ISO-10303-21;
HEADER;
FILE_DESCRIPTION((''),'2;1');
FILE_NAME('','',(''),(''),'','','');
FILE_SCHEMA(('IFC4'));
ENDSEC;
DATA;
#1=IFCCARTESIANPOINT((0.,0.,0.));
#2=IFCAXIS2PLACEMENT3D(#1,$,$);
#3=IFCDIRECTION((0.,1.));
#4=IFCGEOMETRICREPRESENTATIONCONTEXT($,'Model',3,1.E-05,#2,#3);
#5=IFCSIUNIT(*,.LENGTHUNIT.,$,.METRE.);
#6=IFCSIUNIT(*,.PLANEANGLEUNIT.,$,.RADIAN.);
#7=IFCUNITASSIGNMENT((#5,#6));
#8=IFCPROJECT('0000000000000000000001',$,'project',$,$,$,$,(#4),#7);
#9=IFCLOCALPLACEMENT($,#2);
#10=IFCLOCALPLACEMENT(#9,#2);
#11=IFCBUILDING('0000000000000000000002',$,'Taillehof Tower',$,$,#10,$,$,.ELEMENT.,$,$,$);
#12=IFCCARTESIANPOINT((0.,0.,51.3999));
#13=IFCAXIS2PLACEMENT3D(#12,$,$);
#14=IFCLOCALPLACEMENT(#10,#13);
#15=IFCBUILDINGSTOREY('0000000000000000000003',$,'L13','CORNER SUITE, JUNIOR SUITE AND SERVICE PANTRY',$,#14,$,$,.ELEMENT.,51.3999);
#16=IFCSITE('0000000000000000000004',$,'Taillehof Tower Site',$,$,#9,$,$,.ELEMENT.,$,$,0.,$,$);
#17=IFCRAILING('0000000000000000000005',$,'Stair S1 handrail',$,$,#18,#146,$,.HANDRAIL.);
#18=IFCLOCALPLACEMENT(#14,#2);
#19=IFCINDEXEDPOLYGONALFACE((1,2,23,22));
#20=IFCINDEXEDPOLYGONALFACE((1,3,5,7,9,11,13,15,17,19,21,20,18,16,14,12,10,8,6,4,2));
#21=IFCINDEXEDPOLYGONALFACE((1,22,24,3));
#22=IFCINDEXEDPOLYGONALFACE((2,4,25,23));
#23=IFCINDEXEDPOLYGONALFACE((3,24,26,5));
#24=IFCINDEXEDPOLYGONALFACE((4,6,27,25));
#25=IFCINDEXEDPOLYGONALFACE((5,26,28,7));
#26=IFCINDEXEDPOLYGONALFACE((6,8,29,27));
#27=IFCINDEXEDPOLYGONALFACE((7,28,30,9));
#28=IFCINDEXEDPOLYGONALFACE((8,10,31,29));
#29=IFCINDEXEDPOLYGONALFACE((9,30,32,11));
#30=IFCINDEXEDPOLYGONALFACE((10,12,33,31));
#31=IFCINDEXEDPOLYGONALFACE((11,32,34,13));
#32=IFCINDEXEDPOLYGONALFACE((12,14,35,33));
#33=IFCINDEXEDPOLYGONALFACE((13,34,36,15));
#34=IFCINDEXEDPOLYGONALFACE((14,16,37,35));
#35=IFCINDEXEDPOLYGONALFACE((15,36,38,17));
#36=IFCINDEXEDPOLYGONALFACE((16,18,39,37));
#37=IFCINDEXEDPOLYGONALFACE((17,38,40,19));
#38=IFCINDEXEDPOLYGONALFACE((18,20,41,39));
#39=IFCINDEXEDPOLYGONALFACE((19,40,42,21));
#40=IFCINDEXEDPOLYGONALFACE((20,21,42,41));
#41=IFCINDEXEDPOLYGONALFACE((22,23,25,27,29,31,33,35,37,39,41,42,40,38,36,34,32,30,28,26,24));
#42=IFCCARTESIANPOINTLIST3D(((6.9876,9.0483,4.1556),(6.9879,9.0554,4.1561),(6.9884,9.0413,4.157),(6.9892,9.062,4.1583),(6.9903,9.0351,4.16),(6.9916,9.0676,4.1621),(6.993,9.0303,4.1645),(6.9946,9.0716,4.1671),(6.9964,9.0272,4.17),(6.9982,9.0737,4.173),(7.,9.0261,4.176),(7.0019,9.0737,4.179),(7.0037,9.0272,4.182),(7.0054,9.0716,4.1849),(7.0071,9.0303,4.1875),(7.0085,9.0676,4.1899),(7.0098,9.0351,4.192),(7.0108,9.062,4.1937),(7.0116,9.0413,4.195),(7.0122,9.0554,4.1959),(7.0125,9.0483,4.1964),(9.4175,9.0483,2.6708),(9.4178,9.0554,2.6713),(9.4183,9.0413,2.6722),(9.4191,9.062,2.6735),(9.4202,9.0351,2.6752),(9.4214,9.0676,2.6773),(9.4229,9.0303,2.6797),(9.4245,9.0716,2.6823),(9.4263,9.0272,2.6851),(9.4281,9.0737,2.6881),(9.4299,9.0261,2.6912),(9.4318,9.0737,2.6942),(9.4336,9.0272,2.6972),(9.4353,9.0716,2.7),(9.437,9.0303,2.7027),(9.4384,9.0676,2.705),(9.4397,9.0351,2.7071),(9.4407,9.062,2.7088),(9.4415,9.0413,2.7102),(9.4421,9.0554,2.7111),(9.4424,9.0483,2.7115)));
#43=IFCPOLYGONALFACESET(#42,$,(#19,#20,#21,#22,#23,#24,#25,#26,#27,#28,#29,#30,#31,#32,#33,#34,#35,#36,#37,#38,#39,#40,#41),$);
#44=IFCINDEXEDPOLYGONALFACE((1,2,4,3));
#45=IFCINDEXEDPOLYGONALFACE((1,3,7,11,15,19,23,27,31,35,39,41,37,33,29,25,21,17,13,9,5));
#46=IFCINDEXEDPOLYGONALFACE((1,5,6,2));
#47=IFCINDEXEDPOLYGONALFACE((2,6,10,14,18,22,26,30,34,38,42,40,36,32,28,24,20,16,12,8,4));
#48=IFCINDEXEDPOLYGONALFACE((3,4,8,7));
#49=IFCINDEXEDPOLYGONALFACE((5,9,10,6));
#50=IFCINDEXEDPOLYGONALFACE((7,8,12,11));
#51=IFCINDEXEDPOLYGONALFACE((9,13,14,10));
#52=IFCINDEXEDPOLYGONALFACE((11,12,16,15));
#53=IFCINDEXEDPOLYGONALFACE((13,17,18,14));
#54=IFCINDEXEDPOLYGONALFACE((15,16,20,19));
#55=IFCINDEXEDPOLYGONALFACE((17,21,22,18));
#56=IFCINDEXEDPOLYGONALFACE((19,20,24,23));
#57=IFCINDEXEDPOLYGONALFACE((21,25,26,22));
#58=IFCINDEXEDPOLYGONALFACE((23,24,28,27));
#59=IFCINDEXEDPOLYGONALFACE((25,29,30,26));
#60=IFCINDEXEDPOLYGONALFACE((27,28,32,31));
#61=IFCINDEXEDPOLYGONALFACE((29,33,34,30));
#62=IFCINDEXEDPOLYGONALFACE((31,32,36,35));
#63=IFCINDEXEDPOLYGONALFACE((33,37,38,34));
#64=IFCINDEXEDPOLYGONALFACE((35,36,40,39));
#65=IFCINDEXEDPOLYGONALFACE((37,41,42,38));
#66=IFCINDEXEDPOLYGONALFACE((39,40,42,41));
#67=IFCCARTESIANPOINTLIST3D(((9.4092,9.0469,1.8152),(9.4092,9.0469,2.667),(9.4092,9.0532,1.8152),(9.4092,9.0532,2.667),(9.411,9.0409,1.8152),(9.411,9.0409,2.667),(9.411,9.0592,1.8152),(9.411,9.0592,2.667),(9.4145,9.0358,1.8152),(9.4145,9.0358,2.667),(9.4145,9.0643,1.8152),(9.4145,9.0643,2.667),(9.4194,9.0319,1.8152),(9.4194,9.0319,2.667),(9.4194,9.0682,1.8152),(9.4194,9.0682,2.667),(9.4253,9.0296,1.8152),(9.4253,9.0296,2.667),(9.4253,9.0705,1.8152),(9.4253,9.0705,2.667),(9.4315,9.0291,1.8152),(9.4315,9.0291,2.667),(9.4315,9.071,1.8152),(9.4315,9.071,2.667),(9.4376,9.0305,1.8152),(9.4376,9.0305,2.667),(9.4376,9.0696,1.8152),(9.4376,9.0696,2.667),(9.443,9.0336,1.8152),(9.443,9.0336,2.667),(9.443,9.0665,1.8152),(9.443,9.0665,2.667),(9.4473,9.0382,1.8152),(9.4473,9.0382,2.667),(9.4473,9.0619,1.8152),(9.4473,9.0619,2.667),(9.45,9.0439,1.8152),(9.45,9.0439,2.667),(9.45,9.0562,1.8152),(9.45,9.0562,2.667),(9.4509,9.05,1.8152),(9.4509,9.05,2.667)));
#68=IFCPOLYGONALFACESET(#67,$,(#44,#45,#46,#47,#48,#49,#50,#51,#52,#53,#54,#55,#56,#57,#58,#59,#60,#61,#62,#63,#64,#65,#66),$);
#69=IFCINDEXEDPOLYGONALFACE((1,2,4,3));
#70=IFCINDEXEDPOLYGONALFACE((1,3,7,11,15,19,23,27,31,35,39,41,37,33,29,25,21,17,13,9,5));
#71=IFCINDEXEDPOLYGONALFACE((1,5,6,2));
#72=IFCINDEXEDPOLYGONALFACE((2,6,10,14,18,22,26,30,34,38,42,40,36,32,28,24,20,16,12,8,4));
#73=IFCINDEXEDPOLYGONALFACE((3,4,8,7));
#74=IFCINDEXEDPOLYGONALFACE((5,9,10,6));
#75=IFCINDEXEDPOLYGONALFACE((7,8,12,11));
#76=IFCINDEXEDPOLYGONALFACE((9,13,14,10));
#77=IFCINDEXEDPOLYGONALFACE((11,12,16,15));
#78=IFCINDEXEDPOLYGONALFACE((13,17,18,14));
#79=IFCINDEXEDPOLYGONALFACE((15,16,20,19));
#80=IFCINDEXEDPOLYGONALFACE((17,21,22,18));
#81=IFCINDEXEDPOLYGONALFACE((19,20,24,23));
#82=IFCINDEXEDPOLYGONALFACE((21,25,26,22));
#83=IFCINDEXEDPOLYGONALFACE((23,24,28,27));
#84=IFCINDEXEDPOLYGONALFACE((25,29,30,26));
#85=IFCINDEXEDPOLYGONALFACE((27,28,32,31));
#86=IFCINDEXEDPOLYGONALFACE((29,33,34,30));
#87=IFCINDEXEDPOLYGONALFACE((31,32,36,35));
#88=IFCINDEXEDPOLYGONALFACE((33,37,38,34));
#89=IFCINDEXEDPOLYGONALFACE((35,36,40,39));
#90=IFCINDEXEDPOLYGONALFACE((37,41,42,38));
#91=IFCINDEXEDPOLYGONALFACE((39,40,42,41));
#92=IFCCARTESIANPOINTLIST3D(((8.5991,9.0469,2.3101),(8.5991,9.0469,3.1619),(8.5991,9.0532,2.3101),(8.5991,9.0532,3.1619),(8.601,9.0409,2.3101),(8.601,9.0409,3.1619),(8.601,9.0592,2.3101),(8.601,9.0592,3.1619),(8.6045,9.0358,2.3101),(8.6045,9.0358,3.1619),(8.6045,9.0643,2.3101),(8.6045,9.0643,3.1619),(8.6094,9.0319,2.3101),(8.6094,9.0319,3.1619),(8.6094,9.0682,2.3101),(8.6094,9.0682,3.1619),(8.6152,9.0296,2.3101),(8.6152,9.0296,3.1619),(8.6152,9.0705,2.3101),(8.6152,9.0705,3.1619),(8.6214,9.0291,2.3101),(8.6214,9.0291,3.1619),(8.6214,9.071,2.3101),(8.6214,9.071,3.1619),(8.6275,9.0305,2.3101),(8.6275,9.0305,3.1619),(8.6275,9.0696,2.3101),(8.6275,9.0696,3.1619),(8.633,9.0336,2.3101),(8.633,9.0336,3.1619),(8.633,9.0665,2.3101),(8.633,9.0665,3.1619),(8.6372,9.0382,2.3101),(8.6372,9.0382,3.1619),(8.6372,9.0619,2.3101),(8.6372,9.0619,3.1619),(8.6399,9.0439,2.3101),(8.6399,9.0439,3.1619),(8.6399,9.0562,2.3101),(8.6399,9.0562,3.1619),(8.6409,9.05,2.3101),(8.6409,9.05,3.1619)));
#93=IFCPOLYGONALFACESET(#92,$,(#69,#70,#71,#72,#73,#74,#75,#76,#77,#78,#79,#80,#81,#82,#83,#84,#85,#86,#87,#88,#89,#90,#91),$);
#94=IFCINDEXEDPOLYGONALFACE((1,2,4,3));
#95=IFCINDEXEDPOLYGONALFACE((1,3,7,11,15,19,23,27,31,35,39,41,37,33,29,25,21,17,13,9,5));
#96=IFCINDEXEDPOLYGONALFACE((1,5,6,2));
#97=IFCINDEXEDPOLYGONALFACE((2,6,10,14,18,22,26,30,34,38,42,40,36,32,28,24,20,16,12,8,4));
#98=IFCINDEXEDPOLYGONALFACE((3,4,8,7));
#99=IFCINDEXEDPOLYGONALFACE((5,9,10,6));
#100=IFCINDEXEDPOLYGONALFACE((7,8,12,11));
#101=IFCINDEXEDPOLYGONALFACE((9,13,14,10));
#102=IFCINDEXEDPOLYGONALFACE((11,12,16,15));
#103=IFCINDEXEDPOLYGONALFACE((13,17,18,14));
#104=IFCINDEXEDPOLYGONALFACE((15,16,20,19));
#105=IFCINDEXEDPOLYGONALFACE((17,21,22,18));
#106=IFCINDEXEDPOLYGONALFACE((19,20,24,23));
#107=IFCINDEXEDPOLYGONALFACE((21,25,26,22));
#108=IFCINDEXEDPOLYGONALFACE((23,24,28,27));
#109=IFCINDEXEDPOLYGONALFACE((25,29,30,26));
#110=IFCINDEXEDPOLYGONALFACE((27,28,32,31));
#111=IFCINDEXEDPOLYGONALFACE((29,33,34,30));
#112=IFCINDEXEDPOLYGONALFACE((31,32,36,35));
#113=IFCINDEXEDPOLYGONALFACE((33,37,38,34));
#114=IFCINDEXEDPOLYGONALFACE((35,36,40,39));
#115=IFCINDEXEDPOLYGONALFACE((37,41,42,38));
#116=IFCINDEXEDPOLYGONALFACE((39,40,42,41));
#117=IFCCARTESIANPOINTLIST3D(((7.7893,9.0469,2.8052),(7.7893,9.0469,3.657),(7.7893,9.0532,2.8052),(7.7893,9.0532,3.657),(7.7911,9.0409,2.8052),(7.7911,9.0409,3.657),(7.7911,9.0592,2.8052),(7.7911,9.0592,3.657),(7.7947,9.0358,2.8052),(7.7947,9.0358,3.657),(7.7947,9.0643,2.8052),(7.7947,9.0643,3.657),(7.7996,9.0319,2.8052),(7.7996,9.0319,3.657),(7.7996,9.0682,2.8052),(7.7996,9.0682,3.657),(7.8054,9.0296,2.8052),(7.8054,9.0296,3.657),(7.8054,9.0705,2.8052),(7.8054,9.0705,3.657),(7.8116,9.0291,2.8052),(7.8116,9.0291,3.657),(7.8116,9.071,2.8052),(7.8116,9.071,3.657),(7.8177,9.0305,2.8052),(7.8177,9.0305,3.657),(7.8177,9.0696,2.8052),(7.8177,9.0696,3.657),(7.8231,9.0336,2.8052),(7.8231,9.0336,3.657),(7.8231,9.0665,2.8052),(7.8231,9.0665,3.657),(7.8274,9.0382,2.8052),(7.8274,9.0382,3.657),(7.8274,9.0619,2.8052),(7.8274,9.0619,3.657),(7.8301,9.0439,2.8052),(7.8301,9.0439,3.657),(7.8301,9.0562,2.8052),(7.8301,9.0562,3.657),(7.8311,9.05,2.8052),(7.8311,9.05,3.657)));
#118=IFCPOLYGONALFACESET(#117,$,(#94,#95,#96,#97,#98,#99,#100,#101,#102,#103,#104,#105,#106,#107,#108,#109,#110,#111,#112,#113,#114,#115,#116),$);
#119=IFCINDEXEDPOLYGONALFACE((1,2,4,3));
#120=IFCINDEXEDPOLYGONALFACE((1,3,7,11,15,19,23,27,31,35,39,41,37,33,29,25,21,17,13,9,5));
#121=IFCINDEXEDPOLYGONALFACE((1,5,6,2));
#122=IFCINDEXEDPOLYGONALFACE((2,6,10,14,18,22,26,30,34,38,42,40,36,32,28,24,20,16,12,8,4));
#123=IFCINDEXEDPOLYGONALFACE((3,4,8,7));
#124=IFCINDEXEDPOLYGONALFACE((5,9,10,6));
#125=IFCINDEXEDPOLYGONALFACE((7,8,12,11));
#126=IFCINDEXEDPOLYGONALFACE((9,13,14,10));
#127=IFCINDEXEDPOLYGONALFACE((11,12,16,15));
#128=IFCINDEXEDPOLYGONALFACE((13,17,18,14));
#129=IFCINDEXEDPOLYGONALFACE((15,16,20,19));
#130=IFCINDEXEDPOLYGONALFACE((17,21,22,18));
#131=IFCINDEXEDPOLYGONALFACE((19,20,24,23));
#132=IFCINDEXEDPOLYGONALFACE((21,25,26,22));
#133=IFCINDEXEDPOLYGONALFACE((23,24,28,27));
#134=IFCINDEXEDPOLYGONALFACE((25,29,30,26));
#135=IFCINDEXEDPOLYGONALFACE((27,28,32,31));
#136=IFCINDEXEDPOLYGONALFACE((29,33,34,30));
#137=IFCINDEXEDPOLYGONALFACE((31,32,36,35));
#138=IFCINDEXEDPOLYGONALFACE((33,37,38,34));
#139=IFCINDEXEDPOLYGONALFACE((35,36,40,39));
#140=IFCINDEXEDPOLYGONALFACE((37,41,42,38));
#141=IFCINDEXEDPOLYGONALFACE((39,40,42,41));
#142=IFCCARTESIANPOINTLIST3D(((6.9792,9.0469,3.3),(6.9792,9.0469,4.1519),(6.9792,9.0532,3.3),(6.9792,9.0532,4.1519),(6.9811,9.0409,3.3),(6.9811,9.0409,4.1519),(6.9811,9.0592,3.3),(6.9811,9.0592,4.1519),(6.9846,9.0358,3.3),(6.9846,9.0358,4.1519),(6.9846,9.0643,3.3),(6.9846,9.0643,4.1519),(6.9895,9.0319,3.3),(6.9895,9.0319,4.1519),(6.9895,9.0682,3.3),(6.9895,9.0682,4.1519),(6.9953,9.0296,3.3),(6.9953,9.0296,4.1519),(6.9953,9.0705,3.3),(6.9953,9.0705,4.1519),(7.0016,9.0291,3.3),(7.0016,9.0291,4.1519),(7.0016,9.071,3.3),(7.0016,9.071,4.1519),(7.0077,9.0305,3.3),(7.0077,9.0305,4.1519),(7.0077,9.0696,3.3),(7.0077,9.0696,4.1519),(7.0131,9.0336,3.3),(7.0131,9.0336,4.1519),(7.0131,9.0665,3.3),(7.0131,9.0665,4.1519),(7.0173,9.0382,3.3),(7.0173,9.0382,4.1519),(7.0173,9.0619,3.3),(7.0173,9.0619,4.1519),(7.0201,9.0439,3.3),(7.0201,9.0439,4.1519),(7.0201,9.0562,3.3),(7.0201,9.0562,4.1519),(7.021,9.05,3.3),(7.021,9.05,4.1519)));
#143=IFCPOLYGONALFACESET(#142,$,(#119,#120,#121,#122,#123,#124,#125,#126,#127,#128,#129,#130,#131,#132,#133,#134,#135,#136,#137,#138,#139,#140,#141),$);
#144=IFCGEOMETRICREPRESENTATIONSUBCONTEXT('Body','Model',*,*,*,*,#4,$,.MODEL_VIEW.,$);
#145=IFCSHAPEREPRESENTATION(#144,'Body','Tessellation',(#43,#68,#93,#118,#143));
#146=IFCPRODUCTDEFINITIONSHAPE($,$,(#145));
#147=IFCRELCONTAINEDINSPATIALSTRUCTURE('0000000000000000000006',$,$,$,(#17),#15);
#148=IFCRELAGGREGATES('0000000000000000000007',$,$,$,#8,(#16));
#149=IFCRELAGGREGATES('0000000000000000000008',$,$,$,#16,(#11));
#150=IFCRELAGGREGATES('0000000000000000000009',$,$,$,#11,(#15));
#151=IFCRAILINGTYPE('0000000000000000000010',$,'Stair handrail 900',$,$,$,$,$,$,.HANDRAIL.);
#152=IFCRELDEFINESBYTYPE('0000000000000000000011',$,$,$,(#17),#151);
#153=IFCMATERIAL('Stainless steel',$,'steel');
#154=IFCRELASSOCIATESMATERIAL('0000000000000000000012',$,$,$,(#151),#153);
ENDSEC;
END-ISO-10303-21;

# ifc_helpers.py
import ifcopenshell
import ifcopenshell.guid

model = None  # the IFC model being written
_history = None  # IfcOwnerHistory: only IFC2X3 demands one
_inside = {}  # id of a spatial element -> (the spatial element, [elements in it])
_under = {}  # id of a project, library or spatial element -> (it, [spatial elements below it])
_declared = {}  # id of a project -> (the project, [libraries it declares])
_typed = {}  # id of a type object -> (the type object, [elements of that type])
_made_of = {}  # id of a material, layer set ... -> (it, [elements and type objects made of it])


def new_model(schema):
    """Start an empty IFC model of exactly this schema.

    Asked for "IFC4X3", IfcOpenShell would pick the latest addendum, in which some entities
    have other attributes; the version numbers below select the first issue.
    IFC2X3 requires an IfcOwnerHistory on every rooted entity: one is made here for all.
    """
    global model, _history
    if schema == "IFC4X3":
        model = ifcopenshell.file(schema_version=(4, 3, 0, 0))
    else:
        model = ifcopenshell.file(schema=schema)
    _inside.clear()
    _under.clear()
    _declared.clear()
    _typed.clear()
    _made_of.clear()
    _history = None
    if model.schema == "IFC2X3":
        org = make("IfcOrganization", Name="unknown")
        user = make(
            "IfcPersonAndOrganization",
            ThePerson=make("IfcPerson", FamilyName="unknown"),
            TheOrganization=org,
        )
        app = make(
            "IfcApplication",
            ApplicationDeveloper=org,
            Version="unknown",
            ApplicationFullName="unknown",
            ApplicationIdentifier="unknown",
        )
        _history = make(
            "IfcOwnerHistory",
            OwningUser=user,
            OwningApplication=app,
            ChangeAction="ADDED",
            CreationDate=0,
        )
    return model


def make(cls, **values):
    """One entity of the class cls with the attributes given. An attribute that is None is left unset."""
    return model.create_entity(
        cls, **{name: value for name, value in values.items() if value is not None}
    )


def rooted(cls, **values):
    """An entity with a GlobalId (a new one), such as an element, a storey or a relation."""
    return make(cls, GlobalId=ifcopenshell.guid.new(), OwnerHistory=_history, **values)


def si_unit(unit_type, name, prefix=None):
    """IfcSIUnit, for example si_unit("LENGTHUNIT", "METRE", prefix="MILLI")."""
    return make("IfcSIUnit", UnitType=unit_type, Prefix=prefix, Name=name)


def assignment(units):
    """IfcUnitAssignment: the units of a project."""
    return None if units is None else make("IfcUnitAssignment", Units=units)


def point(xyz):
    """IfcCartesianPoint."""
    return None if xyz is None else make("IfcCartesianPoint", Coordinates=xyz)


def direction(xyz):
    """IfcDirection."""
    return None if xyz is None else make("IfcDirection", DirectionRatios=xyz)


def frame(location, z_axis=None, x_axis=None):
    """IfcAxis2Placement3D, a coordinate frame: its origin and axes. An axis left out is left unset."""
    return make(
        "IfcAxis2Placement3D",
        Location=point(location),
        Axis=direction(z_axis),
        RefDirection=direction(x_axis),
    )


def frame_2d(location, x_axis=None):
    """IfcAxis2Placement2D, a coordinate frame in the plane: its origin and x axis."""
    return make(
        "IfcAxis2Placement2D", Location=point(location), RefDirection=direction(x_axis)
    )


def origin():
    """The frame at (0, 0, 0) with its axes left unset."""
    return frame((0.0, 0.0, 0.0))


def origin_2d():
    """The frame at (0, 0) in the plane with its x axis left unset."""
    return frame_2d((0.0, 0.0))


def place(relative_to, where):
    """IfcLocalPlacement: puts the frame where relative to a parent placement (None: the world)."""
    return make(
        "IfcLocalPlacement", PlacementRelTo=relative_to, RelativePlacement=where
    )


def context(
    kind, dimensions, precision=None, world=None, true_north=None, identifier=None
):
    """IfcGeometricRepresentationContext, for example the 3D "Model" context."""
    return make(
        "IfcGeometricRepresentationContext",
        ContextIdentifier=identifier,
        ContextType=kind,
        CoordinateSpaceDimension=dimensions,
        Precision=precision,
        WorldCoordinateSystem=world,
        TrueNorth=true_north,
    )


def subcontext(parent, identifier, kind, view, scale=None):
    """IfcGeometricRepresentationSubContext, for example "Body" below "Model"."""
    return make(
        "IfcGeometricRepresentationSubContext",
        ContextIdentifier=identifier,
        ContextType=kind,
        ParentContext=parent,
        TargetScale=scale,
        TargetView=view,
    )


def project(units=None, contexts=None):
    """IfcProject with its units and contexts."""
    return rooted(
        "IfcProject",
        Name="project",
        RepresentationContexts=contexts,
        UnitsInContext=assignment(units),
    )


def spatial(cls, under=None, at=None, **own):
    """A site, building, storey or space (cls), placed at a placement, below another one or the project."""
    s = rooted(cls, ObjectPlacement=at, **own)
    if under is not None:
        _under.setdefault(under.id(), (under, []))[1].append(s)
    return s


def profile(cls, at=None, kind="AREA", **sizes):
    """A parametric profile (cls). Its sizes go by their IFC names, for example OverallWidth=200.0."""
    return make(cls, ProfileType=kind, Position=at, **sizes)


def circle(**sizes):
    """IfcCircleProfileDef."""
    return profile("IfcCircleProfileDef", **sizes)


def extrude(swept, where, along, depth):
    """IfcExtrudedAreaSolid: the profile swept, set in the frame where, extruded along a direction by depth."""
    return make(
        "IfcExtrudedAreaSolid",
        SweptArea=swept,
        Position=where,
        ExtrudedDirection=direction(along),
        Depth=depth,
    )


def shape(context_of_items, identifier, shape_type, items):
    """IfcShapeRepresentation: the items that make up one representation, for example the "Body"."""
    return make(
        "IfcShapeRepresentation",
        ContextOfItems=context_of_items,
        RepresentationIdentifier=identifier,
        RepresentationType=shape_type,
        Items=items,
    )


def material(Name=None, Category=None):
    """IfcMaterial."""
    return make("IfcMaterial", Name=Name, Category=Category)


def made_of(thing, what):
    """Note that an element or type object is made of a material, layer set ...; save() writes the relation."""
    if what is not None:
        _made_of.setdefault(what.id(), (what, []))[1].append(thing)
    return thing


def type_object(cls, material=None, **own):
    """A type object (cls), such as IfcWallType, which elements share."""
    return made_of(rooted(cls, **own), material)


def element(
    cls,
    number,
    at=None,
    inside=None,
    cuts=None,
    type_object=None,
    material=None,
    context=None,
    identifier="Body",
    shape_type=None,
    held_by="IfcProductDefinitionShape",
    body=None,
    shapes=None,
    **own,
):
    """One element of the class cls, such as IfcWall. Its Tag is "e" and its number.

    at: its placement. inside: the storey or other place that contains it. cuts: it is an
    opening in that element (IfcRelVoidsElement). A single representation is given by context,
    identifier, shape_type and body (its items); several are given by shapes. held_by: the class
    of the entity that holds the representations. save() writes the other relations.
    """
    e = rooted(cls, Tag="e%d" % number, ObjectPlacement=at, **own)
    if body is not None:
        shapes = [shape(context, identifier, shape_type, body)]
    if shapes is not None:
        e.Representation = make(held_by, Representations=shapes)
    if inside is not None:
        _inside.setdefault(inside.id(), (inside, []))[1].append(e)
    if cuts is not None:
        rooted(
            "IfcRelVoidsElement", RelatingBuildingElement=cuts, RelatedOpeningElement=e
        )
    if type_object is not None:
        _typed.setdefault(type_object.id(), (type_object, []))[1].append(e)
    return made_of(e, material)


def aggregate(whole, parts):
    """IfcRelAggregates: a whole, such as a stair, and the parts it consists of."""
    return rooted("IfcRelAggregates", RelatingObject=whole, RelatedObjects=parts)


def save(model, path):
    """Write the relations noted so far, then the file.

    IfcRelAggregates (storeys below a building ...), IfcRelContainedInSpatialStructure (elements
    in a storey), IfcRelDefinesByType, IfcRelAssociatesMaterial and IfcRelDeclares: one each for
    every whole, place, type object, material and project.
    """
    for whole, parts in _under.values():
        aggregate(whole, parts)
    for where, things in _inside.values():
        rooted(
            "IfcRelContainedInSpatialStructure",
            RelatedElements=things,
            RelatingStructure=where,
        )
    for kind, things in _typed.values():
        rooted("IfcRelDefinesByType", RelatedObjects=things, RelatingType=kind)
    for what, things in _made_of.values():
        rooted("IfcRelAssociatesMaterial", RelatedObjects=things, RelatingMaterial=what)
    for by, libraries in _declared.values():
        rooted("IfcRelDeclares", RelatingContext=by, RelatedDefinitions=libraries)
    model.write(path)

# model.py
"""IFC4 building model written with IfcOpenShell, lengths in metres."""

from ifc_helpers import new_model, si_unit, direction, frame, origin, origin_2d, place, context, subcontext, project, spatial, circle, extrude, material, type_object, element, save


model = new_model("IFC4")

# Units and contexts
model_context = context("Model", 3, precision=1e-05, world=origin(), true_north=direction((0.0, 1.0)))
body_context = subcontext(model_context, "Body", "Model", "MODEL_VIEW")
ifc_project = project(units=[si_unit("LENGTHUNIT", "METRE"), si_unit("PLANEANGLEUNIT", "RADIAN")], contexts=[model_context])

# Site, building, storey
site_placement = place(None, origin())
site = spatial("IfcSite", under=ifc_project, at=site_placement, Name="Taillehof Tower Site", CompositionType="ELEMENT", RefElevation=0.0)
building_placement = place(site_placement, origin())
building = spatial("IfcBuilding", under=site, at=building_placement, Name="Taillehof Tower", CompositionType="ELEMENT")
storey_placement = place(building_placement, frame((0.0, 0.0, 51.3999)))
storey = spatial("IfcBuildingStorey", under=building, at=storey_placement, Name="L13", Description="CORNER SUITE, JUNIOR SUITE AND SERVICE PANTRY", CompositionType="ELEMENT", Elevation=51.3999)

# Railing
ifc_material_1 = material(Name="Stainless steel", Category="steel")
railing_type = type_object("IfcRailingType", Name="Stair handrail 900", PredefinedType="HANDRAIL", material=ifc_material_1)
railing_placement = place(storey_placement, frame((9.4299, 9.05, 1.8152)))
element("IfcRailing", 1, at=railing_placement, inside=storey, type_object=railing_type, Name="Stair S1 handrail", PredefinedType="HANDRAIL", context=body_context, shape_type="SweptSolid", body=[
    extrude(circle(Radius=0.0239, at=origin_2d()), frame((0.0, 0.0, 0.876), z_axis=(-0.853297, 0.0, 0.521426), x_axis=(0.0, -1.0, 0.0)), (0.0, 0.0, 1.0), 2.8477),
    extrude(circle(Radius=0.021, at=origin_2d()), origin(), (0.0, 0.0, 1.0), 0.8518),
    extrude(circle(Radius=0.021, at=origin_2d()), frame((-0.8101, 0.0, 0.4949)), (0.0, 0.0, 1.0), 0.8518),
    extrude(circle(Radius=0.021, at=origin_2d()), frame((-1.6199, 0.0, 0.99)), (0.0, 0.0, 1.0), 0.8518),
    extrude(circle(Radius=0.021, at=origin_2d()), frame((-2.4299, 0.0, 1.4849)), (0.0, 0.0, 1.0), 0.8518),
])

save(model, "model.ifc")
